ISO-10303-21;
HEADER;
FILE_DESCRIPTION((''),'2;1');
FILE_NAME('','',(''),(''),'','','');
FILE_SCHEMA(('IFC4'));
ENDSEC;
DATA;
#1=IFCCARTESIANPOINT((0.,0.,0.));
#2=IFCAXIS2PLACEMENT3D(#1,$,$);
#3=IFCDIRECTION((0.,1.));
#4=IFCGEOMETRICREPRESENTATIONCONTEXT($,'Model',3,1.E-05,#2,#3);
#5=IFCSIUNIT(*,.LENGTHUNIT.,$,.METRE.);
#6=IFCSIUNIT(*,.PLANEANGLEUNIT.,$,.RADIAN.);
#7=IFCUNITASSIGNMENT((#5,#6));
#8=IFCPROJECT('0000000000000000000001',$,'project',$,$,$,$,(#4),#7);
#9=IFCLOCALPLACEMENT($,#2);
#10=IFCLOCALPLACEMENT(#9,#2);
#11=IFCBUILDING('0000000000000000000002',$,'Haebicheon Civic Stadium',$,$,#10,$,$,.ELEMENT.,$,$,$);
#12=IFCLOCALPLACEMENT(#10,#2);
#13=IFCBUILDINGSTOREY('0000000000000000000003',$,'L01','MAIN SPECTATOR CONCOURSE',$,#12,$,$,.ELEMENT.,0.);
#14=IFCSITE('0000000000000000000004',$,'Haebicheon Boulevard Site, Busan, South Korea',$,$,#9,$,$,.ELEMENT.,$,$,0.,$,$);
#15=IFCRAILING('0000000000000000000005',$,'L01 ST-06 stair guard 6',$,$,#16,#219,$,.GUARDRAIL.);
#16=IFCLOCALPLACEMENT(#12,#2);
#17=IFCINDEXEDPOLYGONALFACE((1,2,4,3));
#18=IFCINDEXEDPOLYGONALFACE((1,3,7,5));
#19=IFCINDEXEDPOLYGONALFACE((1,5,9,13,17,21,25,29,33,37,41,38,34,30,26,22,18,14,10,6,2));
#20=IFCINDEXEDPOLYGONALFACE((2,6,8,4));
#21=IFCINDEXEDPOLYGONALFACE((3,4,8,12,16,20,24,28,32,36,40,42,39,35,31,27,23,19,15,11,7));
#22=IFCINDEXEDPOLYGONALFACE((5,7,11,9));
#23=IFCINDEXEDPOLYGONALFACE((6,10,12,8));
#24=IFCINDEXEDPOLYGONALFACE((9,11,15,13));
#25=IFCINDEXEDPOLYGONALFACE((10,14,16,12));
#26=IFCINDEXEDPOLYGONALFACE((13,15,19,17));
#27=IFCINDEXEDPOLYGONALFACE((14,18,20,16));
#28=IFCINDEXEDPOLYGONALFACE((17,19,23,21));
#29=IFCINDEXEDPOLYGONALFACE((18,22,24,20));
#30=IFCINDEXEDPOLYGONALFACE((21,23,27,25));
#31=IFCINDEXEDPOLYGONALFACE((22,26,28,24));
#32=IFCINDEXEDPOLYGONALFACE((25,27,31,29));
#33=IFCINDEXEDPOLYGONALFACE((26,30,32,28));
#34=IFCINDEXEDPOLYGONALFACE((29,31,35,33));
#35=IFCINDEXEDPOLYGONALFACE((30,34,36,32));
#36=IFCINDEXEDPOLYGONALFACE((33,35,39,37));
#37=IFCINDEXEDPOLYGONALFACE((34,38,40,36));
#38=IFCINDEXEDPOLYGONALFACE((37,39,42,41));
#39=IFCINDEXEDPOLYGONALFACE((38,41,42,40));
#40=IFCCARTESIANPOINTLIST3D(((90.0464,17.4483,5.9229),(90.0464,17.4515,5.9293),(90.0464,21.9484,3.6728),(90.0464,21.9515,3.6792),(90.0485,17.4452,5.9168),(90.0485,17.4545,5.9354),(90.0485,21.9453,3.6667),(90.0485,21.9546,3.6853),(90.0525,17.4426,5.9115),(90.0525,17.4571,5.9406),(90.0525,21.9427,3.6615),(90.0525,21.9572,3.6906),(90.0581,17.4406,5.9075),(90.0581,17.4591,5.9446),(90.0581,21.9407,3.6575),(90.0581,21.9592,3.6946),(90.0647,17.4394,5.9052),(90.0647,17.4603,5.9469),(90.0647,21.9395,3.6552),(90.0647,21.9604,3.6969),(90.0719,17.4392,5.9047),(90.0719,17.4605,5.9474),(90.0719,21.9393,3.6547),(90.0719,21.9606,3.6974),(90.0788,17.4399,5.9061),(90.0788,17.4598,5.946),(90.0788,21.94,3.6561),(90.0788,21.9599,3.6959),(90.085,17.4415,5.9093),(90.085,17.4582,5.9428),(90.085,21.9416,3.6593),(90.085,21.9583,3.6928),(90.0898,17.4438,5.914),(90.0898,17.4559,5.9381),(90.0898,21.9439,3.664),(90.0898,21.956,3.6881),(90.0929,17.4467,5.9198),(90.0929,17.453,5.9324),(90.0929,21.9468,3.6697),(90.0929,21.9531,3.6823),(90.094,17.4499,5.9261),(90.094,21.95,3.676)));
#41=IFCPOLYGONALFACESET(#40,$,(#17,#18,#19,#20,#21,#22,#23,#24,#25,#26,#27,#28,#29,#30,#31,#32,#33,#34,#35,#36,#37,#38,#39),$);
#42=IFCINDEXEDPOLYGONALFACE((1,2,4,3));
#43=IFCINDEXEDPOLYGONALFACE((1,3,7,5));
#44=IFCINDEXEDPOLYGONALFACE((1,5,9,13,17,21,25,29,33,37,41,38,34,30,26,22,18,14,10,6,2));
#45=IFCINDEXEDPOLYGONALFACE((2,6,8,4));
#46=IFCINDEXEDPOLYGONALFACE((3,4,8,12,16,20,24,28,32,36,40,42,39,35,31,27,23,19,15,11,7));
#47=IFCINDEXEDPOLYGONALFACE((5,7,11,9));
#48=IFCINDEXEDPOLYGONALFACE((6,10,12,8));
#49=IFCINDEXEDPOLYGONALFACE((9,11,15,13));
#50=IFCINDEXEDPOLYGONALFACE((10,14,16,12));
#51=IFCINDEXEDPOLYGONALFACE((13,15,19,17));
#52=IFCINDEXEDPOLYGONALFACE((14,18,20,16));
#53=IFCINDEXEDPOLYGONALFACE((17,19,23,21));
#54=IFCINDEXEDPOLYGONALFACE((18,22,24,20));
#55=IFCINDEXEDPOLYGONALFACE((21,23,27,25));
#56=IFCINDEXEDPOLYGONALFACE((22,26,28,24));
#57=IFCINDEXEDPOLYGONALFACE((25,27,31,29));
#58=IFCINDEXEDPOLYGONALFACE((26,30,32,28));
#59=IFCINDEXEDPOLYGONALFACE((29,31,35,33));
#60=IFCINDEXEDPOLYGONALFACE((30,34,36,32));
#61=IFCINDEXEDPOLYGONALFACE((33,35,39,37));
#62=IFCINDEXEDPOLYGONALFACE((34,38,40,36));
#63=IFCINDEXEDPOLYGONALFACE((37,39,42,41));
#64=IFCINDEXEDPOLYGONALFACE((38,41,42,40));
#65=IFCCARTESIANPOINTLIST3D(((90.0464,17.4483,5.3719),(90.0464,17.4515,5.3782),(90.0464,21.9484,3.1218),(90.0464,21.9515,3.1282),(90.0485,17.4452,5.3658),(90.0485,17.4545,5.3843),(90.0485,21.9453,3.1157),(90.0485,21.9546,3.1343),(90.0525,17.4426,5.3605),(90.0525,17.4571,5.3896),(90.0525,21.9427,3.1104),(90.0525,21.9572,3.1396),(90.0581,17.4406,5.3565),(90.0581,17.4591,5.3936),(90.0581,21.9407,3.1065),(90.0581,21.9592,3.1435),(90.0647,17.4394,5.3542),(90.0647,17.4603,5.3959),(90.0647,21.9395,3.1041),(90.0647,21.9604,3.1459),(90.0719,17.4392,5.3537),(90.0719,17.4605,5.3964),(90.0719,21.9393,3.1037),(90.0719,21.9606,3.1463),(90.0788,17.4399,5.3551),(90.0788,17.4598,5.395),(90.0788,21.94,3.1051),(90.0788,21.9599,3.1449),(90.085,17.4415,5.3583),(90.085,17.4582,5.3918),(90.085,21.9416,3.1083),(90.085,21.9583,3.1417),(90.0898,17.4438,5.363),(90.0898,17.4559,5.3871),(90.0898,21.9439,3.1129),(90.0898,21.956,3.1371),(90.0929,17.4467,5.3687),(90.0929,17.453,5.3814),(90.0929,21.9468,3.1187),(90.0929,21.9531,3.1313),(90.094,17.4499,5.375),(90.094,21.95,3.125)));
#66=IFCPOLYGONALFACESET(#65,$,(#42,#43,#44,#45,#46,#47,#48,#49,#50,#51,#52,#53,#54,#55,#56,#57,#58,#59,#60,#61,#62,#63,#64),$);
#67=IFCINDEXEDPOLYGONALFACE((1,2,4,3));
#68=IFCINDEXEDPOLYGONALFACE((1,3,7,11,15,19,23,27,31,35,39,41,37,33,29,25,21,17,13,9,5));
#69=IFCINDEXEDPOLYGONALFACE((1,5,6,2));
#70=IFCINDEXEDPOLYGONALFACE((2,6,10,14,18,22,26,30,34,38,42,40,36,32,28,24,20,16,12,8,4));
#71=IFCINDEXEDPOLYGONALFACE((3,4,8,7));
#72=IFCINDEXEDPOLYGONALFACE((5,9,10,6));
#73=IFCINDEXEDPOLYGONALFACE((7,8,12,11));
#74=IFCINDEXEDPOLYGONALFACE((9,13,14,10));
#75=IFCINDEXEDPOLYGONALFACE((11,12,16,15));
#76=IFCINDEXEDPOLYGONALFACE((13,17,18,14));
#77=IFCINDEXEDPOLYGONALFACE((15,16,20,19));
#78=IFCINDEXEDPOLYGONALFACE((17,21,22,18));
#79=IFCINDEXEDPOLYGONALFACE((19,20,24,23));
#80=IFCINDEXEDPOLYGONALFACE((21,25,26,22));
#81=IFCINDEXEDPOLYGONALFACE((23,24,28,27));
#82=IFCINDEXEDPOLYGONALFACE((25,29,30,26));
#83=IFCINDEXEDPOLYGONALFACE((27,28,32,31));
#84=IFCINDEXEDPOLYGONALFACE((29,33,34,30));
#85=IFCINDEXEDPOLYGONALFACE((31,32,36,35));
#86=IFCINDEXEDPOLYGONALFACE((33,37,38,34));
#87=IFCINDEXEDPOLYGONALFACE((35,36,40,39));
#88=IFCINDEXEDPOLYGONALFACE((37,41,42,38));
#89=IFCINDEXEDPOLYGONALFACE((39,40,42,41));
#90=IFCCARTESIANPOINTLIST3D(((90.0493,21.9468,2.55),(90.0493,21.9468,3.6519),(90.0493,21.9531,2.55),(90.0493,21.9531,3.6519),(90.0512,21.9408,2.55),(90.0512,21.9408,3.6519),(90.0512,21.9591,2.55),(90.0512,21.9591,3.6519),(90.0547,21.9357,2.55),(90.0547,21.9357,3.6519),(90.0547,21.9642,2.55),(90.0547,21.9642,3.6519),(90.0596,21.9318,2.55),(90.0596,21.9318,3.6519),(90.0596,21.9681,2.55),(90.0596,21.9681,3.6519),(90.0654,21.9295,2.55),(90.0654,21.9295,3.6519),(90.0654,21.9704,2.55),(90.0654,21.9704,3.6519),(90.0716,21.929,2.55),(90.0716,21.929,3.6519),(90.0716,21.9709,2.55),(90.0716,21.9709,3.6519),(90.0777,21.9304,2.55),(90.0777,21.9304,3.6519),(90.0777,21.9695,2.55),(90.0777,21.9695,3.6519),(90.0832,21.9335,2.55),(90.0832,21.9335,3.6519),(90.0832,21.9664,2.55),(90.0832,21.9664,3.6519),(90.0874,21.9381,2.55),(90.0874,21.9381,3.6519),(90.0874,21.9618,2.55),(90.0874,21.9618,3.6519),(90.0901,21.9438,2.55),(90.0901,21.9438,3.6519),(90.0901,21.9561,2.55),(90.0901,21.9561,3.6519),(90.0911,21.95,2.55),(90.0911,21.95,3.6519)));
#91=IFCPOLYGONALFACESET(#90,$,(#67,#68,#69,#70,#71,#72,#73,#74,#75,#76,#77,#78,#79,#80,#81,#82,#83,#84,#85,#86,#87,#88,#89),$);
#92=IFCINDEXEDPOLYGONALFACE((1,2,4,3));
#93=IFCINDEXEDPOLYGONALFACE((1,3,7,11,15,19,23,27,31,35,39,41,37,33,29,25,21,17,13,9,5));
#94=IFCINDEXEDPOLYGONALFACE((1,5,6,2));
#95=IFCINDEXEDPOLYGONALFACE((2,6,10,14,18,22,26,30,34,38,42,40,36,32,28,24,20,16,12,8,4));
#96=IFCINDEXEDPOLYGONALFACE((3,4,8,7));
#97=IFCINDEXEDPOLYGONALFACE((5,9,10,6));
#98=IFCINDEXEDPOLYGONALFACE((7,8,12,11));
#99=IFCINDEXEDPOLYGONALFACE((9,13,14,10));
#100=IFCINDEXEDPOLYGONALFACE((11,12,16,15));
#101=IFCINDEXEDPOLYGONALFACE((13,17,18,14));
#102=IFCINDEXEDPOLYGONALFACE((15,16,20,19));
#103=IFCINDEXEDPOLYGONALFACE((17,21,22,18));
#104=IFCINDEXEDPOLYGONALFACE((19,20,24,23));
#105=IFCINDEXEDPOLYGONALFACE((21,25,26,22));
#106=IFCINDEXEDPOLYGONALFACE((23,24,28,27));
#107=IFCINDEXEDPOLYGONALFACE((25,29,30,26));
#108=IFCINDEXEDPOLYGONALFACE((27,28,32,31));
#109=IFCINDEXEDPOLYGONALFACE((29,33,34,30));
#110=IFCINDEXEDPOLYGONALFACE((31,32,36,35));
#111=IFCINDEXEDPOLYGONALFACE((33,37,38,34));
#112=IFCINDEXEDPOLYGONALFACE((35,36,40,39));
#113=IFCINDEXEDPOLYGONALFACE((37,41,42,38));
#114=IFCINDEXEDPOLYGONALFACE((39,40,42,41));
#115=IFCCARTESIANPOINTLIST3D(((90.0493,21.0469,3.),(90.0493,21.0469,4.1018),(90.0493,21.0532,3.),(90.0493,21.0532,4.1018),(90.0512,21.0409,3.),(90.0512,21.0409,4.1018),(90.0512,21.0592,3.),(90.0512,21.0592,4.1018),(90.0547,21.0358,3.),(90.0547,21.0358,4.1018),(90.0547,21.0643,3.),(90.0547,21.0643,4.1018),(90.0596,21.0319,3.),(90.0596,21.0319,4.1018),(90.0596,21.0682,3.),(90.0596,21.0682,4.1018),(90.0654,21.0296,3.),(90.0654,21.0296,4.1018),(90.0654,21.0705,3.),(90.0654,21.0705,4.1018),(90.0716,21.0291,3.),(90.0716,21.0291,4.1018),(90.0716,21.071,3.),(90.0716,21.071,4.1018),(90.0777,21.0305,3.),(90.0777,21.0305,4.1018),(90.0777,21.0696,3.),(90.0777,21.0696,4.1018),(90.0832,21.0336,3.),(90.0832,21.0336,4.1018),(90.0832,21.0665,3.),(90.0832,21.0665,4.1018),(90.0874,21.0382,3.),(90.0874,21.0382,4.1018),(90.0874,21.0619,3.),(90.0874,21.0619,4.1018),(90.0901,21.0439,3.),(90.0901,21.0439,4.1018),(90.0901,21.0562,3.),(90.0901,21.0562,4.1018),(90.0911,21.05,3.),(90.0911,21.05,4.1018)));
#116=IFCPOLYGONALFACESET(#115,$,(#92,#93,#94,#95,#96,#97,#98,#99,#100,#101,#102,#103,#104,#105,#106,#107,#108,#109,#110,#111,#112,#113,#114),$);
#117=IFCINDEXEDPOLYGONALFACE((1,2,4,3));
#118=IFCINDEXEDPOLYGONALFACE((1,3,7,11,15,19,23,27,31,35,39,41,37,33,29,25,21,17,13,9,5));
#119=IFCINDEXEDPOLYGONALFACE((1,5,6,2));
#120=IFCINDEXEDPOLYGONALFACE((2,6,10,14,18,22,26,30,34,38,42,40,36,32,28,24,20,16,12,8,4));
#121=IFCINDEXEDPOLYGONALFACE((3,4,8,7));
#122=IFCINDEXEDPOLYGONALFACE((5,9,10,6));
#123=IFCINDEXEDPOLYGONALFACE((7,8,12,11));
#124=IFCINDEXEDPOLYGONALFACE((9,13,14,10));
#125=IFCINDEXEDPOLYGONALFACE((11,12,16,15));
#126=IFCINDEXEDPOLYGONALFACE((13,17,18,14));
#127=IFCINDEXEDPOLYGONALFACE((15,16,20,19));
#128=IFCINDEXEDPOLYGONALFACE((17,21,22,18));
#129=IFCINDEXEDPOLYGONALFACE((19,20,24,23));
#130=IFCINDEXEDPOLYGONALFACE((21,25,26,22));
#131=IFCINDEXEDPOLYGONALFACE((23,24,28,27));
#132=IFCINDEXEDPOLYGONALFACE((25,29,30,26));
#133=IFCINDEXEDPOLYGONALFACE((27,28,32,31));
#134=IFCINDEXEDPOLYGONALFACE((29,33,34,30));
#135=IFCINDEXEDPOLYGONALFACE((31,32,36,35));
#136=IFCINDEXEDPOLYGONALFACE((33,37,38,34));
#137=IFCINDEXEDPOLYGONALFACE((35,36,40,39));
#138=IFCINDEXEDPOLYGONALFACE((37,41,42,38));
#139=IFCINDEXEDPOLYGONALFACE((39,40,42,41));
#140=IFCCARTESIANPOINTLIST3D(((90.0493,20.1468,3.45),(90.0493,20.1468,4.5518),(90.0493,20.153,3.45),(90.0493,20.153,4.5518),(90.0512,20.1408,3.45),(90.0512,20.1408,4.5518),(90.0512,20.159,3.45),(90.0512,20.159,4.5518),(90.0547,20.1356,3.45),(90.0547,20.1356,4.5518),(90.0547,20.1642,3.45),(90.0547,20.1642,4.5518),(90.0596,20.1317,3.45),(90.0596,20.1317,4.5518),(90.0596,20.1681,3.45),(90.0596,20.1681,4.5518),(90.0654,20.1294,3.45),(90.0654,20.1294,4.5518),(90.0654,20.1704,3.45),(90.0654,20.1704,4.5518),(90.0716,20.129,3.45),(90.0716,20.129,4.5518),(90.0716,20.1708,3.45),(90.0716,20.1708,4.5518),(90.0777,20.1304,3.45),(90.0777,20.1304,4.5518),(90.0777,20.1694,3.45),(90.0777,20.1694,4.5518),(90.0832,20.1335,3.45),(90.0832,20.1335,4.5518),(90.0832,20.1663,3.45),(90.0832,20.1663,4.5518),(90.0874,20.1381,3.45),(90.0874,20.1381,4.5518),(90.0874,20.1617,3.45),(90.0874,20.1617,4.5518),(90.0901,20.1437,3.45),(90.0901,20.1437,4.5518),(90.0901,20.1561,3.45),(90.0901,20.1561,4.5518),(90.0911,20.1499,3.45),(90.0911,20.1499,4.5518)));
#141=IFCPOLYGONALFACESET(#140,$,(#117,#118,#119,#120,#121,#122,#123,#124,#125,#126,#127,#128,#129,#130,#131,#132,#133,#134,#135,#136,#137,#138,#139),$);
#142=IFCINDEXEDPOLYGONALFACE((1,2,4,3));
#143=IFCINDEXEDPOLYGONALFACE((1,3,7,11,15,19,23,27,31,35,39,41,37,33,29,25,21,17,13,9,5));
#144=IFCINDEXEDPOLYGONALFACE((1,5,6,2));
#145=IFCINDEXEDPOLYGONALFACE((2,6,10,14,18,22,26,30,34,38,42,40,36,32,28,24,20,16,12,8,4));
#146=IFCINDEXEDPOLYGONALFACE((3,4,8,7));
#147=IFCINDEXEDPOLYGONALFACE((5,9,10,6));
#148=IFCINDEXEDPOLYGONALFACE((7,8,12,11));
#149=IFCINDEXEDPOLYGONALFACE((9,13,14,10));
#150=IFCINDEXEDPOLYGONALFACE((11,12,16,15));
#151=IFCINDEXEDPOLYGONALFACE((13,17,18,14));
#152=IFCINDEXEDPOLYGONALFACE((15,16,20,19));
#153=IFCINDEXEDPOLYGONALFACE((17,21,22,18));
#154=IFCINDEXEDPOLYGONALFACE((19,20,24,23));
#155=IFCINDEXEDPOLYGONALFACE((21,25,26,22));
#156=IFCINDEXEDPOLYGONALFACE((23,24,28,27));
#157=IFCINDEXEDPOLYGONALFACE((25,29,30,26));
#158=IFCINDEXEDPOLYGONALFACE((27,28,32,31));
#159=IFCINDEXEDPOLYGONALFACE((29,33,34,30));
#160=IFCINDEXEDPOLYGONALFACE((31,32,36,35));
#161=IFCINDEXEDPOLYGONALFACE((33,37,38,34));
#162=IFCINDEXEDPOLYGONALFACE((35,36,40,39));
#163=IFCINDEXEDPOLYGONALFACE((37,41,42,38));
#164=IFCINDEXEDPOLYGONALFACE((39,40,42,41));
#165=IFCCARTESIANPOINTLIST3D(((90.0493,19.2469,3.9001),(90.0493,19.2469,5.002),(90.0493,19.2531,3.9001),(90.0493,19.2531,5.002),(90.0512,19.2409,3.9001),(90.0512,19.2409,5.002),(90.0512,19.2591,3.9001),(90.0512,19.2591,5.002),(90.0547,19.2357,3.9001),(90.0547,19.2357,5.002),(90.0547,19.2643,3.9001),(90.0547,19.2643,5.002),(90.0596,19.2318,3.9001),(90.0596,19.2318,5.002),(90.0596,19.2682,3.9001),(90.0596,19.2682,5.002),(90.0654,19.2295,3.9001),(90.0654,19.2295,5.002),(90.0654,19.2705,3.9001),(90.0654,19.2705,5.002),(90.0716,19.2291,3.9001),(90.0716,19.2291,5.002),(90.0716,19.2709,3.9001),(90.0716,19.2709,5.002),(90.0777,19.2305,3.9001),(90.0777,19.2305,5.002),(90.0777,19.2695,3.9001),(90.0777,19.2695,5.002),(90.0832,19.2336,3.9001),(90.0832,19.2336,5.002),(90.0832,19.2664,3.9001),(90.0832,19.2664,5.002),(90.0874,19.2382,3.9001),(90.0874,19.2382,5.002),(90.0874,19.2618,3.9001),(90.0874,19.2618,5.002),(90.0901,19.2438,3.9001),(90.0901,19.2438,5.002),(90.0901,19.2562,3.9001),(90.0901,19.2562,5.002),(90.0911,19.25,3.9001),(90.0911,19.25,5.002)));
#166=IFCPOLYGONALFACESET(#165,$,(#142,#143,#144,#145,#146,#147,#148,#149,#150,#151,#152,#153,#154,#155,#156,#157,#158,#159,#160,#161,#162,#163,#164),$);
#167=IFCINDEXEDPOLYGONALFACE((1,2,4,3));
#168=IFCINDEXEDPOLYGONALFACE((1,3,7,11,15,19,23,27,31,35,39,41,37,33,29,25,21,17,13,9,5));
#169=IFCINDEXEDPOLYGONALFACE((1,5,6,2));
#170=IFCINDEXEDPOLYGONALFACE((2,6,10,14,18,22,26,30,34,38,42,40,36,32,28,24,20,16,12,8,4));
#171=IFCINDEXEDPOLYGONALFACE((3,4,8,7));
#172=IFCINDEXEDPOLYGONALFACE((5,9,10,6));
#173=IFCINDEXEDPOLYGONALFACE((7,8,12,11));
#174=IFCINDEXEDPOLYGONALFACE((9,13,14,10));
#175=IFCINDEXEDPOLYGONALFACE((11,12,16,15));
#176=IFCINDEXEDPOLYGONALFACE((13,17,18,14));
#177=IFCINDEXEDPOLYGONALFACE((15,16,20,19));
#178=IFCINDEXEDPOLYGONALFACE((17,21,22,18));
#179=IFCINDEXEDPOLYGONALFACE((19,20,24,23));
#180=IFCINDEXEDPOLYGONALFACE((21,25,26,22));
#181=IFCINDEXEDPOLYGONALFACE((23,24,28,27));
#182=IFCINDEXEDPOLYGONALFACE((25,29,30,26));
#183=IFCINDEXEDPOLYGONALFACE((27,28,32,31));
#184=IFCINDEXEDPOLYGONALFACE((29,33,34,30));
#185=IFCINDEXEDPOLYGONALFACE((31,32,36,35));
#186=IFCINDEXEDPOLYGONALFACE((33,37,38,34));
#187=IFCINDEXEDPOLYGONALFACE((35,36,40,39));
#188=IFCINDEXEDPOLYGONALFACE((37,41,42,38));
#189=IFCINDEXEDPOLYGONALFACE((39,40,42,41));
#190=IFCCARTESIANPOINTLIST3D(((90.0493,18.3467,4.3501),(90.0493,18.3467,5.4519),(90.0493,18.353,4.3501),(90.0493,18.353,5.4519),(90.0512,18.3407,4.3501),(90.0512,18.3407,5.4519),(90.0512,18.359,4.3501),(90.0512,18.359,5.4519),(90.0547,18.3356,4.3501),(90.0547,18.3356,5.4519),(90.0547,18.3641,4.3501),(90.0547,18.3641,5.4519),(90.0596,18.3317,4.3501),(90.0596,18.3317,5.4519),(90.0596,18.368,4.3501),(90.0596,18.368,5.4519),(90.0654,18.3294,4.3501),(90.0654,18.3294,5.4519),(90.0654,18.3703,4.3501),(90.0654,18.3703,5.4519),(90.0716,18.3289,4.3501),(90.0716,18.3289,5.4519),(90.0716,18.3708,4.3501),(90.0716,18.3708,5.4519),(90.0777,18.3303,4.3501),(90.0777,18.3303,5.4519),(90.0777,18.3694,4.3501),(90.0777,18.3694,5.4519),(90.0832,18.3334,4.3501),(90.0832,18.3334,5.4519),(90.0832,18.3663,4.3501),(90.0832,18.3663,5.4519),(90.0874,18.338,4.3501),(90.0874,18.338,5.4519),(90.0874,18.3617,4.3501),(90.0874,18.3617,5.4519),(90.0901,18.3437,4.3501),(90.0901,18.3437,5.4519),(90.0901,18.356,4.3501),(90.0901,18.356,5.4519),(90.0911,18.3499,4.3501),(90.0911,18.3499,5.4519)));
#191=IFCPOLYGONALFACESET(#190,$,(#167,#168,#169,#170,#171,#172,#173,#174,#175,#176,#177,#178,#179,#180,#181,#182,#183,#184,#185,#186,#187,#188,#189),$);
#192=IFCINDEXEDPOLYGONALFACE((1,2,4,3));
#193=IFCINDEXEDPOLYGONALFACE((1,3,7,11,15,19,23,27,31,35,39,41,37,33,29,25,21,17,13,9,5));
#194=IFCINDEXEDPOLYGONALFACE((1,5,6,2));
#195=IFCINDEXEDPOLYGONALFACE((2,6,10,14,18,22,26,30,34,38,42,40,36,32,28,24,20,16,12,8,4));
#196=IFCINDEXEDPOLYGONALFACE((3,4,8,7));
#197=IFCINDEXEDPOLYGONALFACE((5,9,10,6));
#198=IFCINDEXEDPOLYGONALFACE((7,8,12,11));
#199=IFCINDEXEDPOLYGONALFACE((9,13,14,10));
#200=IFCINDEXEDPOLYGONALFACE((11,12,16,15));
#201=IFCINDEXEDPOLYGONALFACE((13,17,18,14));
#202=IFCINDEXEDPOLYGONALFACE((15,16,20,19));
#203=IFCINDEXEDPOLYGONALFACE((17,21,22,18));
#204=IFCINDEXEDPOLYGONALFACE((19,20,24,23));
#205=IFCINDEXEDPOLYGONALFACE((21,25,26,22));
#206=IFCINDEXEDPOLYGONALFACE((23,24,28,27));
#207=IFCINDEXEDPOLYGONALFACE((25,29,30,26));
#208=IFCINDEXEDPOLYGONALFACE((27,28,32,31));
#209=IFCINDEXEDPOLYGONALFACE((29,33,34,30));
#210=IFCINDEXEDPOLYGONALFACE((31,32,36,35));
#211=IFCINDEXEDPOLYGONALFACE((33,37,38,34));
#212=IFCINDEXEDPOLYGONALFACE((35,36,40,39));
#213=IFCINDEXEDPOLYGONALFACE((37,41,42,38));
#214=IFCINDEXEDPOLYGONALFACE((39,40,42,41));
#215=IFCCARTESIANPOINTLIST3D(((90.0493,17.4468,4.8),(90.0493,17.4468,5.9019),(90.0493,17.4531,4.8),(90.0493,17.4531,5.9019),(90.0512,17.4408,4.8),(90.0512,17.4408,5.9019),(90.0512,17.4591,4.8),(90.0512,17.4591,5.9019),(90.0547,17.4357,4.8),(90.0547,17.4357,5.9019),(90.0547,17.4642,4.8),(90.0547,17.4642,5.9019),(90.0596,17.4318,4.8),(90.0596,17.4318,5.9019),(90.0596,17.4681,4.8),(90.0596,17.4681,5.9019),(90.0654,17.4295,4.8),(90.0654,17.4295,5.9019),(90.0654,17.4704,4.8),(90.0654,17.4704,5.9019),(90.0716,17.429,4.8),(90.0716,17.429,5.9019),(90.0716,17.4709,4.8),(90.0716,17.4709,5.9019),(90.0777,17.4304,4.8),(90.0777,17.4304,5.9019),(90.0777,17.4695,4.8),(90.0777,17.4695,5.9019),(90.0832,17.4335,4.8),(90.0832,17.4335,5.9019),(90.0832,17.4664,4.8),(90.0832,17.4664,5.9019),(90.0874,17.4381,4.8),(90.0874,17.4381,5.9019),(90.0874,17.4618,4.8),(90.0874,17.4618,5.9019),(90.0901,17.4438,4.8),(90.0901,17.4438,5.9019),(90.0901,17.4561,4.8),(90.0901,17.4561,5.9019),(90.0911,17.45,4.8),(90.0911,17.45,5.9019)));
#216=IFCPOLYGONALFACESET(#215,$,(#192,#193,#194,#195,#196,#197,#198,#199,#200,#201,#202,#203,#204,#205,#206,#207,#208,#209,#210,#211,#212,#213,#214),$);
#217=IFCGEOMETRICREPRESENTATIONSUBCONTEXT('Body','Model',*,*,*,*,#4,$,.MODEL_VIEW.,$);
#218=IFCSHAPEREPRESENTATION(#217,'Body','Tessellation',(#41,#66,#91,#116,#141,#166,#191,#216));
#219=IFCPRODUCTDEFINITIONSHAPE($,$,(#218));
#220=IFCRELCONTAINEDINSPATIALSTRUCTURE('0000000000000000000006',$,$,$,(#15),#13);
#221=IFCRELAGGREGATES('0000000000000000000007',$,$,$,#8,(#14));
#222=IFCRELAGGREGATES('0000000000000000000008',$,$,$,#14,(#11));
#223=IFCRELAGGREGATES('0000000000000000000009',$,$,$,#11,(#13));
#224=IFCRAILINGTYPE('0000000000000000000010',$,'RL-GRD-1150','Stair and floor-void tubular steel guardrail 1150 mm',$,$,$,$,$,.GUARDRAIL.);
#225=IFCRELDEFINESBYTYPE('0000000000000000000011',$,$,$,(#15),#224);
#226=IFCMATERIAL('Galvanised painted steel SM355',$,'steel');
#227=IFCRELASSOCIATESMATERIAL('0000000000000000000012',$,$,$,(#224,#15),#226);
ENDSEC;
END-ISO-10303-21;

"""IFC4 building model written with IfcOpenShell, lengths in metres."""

from ifc_helpers import new_model, si_unit, direction, frame, origin, origin_2d, place, context, subcontext, project, spatial, circle, extrude, material, type_object, element, save


model = new_model("IFC4")

# Units and contexts
model_context = context("Model", 3, precision=1e-05, world=origin(), true_north=direction((0.0, 1.0)))
body_context = subcontext(model_context, "Body", "Model", "MODEL_VIEW")
ifc_project = project(units=[si_unit("LENGTHUNIT", "METRE"), si_unit("PLANEANGLEUNIT", "RADIAN")], contexts=[model_context])

# Site, building, storey
site_placement = place(None, origin())
site = spatial("IfcSite", under=ifc_project, at=site_placement, Name="Haebicheon Boulevard Site, Busan, South Korea", CompositionType="ELEMENT", RefElevation=0.0)
building_placement = place(site_placement, origin())
building = spatial("IfcBuilding", under=site, at=building_placement, Name="Haebicheon Civic Stadium", CompositionType="ELEMENT")
storey_placement = place(building_placement, origin())
storey = spatial("IfcBuildingStorey", under=building, at=storey_placement, Name="L01", Description="MAIN SPECTATOR CONCOURSE", CompositionType="ELEMENT", Elevation=0.0)

# Railing
ifc_material_1 = material(Name="Galvanised painted steel SM355", Category="steel")
railing_type_1 = type_object("IfcRailingType", Name="RL-GRD-1150", Description="Stair and floor-void tubular steel guardrail 1150 mm", PredefinedType="GUARDRAIL", material=ifc_material_1)
railing_1_placement = place(storey_placement, frame((90.0701, 21.95, 2.55)))
element("IfcRailing", 1, at=railing_1_placement, inside=storey, type_object=railing_type_1, material=ifc_material_1, Name="L01 ST-06 stair guard 6", PredefinedType="GUARDRAIL", context=body_context, shape_type="SweptSolid", body=[
    extrude(circle(Radius=0.0239, at=origin_2d()), frame((0.0, 0.0, 1.126), z_axis=(0.0, -0.894427, 0.447214), x_axis=(1.0, 0.0, 0.0)), (0.0, 0.0, 1.0), 5.0312),
    extrude(circle(Radius=0.0239, at=origin_2d()), frame((0.0, 0.0, 0.575), z_axis=(0.0, -0.894427, 0.447214), x_axis=(1.0, 0.0, 0.0)), (0.0, 0.0, 1.0), 5.0312),
    extrude(circle(Radius=0.021, at=origin_2d()), origin(), (0.0, 0.0, 1.0), 1.1018),
    extrude(circle(Radius=0.021, at=origin_2d()), frame((0.0, -0.8999, 0.45)), (0.0, 0.0, 1.0), 1.1018),
    extrude(circle(Radius=0.021, at=origin_2d()), frame((0.0, -1.8, 0.8999)), (0.0, 0.0, 1.0), 1.1018),
    extrude(circle(Radius=0.021, at=origin_2d()), frame((0.0, -2.7, 1.3501)), (0.0, 0.0, 1.0), 1.1018),
    extrude(circle(Radius=0.021, at=origin_2d()), frame((0.0, -3.6001, 1.8)), (0.0, 0.0, 1.0), 1.1018),
    extrude(circle(Radius=0.021, at=origin_2d()), frame((0.0, -4.5, 2.25)), (0.0, 0.0, 1.0), 1.1018),
])

save(model, "model.ifc")
